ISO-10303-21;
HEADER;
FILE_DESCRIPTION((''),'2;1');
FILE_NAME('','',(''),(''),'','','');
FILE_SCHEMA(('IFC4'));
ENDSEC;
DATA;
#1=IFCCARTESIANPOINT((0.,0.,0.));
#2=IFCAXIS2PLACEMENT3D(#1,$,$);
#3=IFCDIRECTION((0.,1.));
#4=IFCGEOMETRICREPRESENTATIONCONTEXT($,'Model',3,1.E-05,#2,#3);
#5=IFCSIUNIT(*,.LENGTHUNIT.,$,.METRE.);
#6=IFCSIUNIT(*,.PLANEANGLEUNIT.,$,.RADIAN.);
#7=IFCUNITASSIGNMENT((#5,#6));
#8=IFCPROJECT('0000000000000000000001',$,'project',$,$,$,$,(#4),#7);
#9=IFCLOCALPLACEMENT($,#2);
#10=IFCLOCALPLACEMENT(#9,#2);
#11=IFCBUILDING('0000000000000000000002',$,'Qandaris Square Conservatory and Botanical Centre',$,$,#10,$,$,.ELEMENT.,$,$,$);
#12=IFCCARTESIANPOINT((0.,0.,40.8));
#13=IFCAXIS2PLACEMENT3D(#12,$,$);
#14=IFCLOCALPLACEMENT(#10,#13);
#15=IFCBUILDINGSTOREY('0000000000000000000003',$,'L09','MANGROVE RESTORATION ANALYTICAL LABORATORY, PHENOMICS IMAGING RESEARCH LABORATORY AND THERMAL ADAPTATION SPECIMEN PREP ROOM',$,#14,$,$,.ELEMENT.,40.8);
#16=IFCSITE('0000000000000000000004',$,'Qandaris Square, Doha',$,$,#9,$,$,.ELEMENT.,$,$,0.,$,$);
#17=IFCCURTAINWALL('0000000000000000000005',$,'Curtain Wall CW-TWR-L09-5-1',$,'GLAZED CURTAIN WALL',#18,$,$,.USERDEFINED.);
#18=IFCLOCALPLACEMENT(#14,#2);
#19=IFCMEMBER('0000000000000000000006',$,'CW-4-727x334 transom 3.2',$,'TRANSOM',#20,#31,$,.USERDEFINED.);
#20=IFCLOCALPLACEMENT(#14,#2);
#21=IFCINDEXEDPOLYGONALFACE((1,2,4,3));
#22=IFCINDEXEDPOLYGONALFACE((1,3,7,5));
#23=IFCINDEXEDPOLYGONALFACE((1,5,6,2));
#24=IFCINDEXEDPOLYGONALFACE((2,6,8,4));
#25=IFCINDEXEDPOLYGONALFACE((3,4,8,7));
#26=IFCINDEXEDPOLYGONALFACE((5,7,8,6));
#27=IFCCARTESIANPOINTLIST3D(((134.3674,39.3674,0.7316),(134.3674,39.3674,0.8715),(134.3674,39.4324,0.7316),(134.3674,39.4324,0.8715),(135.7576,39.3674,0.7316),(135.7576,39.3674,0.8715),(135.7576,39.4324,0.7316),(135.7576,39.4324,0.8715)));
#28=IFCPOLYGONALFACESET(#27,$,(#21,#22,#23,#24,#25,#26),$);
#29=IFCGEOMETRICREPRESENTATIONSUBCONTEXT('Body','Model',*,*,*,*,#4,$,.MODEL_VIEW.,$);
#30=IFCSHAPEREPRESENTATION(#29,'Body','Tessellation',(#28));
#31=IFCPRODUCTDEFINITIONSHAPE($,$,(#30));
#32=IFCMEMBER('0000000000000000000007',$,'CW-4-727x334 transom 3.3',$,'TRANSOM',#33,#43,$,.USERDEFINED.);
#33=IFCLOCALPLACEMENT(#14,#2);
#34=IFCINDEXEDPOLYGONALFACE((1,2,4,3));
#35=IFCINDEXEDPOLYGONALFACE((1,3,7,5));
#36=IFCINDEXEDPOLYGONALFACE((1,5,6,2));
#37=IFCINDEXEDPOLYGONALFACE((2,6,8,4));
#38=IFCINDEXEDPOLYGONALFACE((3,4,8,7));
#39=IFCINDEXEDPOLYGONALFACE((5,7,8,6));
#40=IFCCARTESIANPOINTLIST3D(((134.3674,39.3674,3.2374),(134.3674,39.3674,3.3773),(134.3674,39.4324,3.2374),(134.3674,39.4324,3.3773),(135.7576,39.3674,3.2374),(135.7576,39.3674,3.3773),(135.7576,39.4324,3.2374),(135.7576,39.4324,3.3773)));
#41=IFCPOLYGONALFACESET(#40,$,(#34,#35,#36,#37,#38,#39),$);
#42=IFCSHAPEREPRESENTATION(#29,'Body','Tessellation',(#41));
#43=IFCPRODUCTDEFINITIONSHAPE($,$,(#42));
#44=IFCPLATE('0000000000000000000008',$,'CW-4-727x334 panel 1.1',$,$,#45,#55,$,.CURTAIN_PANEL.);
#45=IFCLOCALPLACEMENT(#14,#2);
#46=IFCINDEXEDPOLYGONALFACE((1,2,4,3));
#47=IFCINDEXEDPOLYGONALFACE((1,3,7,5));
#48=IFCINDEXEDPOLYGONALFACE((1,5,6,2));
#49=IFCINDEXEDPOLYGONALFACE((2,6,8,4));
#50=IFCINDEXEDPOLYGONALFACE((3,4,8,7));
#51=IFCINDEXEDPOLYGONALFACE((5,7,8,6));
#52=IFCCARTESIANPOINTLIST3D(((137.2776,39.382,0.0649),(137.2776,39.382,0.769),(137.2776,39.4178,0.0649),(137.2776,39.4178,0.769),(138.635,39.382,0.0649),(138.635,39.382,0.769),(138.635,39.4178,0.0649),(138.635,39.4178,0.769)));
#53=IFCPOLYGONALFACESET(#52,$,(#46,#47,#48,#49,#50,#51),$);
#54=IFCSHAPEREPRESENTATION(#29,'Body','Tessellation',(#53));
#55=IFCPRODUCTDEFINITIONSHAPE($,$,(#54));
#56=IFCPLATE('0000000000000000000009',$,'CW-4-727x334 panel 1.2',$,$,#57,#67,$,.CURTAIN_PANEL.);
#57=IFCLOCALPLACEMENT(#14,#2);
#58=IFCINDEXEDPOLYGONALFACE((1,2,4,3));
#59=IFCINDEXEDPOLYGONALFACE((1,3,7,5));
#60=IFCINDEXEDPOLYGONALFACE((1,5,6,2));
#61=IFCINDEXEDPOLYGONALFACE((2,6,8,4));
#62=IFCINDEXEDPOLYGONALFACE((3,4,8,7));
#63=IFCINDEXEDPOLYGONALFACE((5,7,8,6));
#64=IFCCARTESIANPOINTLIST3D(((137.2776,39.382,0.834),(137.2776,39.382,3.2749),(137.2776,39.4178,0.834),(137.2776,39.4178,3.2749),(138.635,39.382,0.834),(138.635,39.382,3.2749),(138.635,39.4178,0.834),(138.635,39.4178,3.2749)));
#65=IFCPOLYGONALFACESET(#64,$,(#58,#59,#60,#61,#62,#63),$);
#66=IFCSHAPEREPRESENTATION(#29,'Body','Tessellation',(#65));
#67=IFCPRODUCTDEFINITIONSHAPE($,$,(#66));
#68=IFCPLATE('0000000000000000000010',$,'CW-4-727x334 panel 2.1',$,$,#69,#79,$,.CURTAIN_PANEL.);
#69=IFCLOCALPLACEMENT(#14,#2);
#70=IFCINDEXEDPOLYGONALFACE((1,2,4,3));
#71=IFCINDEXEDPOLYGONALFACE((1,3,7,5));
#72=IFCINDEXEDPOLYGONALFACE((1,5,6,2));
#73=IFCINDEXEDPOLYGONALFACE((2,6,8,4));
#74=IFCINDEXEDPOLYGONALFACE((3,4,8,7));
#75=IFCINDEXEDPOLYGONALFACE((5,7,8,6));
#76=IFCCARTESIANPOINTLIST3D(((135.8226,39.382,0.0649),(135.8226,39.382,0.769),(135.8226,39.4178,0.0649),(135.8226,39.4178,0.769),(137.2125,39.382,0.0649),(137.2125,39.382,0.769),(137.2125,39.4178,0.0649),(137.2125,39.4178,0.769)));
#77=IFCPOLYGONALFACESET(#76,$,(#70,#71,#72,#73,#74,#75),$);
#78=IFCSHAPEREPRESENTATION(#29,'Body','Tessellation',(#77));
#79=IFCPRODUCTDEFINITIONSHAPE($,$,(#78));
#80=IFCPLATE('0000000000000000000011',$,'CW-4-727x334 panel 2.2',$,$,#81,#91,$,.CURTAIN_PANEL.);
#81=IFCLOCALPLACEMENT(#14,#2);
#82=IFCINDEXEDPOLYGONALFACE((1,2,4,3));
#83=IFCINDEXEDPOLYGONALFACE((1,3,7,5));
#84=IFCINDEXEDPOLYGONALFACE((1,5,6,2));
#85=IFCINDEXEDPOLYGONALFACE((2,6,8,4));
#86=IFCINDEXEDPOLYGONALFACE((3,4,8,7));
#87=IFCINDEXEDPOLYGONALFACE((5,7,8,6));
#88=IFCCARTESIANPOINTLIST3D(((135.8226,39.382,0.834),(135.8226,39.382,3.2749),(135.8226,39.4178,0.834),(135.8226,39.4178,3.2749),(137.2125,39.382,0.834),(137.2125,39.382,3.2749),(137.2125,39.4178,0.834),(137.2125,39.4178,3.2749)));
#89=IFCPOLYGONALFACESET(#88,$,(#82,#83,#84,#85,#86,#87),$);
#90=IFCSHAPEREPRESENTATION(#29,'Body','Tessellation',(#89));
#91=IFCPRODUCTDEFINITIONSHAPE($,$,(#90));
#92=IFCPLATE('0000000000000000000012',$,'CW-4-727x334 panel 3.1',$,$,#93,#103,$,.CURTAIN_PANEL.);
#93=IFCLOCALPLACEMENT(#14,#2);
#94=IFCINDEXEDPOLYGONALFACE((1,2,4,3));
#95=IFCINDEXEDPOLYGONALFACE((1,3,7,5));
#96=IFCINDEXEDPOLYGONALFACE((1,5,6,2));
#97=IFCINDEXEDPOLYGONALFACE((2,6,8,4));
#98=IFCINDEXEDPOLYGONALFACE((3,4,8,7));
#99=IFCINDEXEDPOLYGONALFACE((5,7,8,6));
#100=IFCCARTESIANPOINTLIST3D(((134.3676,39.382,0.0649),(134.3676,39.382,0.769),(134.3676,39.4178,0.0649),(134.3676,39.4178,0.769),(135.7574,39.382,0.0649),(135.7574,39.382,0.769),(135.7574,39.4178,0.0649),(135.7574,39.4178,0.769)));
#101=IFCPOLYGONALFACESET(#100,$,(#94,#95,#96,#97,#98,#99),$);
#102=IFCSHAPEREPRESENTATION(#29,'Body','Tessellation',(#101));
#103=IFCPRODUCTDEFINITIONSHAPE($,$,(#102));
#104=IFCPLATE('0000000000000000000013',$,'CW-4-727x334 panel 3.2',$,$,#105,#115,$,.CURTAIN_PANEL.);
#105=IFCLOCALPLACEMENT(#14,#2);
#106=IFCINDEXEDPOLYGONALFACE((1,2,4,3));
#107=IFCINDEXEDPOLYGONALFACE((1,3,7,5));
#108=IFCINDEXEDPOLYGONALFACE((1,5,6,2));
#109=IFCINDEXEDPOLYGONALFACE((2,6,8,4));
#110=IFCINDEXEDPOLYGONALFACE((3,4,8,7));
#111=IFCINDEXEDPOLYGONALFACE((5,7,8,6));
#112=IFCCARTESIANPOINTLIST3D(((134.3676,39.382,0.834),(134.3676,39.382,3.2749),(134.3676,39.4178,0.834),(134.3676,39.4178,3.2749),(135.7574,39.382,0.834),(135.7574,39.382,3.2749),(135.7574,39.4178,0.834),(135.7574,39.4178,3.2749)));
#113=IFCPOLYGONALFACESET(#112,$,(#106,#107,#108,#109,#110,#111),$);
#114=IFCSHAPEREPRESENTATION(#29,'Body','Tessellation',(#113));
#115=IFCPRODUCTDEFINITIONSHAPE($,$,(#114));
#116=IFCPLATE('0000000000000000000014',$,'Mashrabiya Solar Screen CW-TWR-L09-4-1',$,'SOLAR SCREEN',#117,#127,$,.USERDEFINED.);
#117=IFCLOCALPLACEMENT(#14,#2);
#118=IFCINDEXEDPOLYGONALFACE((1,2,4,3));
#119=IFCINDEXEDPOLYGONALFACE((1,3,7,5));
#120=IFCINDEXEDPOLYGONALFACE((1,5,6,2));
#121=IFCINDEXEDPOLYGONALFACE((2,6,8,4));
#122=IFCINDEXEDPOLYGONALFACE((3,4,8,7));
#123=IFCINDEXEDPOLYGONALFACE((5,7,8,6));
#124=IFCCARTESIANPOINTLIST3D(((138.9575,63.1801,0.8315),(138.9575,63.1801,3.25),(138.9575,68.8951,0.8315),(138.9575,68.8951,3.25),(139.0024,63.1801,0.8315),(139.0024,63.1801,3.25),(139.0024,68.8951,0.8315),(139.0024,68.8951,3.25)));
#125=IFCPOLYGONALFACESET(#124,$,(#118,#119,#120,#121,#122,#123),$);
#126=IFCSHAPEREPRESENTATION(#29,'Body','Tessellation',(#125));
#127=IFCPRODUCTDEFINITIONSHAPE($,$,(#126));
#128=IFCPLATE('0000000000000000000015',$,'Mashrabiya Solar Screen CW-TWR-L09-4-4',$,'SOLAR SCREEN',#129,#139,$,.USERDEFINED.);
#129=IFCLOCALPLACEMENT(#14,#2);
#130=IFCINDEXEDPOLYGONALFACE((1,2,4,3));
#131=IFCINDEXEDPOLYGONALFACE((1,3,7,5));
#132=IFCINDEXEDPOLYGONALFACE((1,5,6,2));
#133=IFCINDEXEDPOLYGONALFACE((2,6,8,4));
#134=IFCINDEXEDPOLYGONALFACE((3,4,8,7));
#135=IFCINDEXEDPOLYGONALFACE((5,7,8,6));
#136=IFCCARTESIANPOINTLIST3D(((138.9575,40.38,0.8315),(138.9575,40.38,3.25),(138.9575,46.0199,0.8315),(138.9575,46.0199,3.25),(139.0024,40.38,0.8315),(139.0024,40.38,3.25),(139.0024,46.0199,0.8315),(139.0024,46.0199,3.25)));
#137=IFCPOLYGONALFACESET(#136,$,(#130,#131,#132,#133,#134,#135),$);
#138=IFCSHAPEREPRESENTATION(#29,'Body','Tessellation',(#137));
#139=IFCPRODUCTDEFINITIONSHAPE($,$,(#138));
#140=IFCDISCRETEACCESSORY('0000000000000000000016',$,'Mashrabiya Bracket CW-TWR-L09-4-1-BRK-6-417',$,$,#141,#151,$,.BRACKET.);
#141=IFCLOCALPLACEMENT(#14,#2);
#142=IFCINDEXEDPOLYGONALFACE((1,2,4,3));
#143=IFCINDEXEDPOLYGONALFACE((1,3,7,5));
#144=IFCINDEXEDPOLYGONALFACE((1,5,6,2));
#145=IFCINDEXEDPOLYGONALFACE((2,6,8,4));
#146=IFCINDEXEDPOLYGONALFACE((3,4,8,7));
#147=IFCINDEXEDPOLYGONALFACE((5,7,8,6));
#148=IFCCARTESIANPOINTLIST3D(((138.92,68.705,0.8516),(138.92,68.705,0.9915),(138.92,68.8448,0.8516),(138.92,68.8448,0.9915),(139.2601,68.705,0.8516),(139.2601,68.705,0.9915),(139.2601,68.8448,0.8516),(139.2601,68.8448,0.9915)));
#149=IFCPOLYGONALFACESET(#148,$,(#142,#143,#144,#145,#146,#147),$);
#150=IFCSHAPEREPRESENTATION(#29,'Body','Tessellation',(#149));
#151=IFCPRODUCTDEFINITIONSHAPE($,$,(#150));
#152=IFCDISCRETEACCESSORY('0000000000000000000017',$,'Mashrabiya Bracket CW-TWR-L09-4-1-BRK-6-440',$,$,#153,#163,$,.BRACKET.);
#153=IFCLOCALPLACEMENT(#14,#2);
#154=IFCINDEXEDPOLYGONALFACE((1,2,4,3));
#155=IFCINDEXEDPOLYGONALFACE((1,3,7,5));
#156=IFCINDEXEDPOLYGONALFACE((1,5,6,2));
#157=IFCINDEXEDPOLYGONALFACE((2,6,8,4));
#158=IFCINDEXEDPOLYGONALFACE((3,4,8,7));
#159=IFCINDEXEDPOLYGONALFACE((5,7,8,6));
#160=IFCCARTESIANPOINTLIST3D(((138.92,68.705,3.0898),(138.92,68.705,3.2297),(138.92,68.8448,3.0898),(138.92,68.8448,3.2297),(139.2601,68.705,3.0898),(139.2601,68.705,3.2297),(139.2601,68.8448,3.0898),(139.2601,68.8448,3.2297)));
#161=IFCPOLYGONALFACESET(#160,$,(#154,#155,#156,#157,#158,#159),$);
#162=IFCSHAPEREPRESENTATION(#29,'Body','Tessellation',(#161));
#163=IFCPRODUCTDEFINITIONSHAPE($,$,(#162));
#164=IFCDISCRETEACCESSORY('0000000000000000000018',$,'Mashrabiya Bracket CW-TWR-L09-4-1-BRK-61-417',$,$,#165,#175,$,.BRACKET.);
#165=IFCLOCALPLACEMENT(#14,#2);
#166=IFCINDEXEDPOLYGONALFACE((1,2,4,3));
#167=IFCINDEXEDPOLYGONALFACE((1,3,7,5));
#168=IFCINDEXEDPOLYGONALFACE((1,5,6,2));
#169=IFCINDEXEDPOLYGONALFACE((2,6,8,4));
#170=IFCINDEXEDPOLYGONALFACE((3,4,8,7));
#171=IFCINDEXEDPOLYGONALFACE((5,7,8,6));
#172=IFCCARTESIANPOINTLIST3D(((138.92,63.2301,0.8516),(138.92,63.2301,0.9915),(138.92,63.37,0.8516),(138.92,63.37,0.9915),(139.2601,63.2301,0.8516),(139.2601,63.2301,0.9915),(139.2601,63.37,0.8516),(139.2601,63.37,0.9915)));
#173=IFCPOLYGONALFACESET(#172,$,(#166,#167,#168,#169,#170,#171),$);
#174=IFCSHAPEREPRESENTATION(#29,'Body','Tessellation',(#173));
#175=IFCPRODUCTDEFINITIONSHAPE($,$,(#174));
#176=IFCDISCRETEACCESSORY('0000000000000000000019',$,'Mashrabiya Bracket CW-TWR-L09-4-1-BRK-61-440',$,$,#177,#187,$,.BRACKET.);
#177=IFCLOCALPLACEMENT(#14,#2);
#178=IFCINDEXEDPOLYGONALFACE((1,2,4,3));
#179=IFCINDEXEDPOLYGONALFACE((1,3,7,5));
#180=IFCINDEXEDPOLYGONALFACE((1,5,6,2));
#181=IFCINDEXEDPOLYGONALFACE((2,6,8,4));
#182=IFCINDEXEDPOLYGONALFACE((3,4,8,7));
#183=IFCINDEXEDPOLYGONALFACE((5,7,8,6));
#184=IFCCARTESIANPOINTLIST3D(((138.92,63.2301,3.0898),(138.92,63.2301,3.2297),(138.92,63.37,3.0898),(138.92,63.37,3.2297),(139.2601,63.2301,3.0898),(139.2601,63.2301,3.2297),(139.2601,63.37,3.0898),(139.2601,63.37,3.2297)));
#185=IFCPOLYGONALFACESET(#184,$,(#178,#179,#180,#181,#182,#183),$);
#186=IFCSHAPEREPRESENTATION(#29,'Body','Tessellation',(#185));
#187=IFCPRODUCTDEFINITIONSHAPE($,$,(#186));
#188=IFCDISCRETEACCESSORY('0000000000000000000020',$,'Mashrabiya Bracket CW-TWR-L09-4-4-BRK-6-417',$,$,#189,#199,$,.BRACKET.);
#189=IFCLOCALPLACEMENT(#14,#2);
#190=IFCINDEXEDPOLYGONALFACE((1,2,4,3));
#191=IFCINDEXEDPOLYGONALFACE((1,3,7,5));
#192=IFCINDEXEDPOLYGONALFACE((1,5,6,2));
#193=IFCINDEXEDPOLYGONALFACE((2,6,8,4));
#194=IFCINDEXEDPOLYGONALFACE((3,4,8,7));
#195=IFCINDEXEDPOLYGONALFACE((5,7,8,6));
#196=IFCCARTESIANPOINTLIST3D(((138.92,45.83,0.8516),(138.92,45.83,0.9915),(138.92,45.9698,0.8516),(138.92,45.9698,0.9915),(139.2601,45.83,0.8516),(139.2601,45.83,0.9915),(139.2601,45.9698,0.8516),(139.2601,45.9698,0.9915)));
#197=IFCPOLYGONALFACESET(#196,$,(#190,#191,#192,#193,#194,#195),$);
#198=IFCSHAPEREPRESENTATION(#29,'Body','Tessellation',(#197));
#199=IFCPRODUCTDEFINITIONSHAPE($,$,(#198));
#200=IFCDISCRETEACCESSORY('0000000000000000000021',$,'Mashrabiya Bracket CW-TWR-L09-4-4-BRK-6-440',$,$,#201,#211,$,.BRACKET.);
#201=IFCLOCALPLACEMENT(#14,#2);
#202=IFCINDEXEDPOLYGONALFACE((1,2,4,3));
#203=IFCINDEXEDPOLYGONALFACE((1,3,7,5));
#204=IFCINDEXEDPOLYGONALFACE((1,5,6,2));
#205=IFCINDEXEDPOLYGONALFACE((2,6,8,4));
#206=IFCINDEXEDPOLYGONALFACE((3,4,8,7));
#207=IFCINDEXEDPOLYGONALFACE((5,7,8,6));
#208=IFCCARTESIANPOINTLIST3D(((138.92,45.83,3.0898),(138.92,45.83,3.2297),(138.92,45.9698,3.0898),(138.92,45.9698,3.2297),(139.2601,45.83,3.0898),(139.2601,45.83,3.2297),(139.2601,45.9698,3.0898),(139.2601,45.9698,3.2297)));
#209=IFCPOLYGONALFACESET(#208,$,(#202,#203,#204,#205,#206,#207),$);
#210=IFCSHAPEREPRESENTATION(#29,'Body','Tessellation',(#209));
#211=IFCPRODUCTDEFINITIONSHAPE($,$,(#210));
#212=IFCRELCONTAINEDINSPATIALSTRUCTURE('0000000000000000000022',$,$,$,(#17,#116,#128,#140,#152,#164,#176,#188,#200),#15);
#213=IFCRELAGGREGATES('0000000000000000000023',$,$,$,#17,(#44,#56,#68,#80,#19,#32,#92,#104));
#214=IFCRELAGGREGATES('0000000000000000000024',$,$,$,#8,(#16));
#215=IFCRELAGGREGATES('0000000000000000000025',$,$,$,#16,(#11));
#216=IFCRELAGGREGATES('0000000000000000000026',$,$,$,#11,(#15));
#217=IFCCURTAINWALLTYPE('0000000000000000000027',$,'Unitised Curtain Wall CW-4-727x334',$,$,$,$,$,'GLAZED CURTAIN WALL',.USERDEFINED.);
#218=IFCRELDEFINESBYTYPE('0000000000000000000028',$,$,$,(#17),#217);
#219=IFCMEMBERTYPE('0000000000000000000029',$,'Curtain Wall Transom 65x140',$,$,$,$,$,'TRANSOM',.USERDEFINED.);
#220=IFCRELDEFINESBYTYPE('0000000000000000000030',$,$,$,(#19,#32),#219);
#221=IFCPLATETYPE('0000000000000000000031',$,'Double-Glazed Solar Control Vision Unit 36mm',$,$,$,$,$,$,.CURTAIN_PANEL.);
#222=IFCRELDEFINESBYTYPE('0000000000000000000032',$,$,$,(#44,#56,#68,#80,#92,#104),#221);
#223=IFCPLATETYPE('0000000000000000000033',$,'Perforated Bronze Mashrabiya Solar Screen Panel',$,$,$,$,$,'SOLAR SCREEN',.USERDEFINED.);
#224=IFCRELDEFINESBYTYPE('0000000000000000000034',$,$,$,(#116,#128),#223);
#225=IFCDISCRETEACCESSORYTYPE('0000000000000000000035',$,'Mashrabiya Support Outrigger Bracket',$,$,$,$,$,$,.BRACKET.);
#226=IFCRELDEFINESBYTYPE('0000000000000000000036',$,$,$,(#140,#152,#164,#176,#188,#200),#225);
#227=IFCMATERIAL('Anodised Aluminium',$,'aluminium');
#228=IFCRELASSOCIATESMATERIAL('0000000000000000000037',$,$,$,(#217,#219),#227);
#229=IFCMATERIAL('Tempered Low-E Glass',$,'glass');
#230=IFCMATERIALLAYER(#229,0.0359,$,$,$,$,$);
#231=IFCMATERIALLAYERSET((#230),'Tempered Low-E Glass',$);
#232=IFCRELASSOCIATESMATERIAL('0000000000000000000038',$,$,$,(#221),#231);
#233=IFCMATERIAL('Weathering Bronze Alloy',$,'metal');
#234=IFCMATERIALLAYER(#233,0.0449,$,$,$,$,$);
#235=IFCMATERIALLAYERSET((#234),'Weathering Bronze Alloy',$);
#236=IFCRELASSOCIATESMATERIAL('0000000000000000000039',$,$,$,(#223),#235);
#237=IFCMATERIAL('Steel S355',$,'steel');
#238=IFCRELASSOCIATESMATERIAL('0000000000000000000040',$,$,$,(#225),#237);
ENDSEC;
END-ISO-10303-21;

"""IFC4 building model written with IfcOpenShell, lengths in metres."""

from ifc_helpers import new_model, si_unit, direction, frame, origin, origin_2d, place, context, subcontext, project, spatial, rectangle, extrude, material, layer, layer_set, material_profile, profile_set, type_object, element, aggregate, save


model = new_model("IFC4")

# Units and contexts
model_context = context("Model", 3, precision=1e-05, world=origin(), true_north=direction((0.0, 1.0)))
body_context = subcontext(model_context, "Body", "Model", "MODEL_VIEW")
ifc_project = project(units=[si_unit("LENGTHUNIT", "METRE"), si_unit("PLANEANGLEUNIT", "RADIAN")], contexts=[model_context])

# Site, building, storey
site_placement = place(None, origin())
site = spatial("IfcSite", under=ifc_project, at=site_placement, Name="Qandaris Square, Doha", CompositionType="ELEMENT", RefElevation=0.0)
building_placement = place(site_placement, origin())
building = spatial("IfcBuilding", under=site, at=building_placement, Name="Qandaris Square Conservatory and Botanical Centre", CompositionType="ELEMENT")
storey_placement = place(building_placement, frame((0.0, 0.0, 40.8)))
storey = spatial("IfcBuildingStorey", under=building, at=storey_placement, Name="L09", Description="MANGROVE RESTORATION ANALYTICAL LABORATORY, PHENOMICS IMAGING RESEARCH LABORATORY AND THERMAL ADAPTATION SPECIMEN PREP ROOM", CompositionType="ELEMENT", Elevation=40.8)

# Curtain wall, members, plates
ifc_material_1 = material(Name="Anodised Aluminium", Category="aluminium")
curtain_wall_type = type_object("IfcCurtainWallType", Name="Unitised Curtain Wall CW-4-727x334", ElementType="GLAZED CURTAIN WALL", PredefinedType="USERDEFINED", material=ifc_material_1)
curtain_wall_placement = place(storey_placement, origin())
curtain_wall = element("IfcCurtainWall", 1, at=curtain_wall_placement, inside=storey, type_object=curtain_wall_type, Name="Curtain Wall CW-TWR-L09-5-1", ObjectType="GLAZED CURTAIN WALL", PredefinedType="USERDEFINED")
ifc_material_profile_1 = material_profile(ifc_material_1, rectangle(XDim=0.0649, YDim=0.1399, at=origin_2d()), Name="ALU-TRN 65x140")
ifc_profile_set_1 = profile_set([ifc_material_profile_1], Name="Anodised Aluminium")
member_type_1 = type_object("IfcMemberType", Name="Curtain Wall Transom 65x140", ElementType="TRANSOM", PredefinedType="USERDEFINED", material=ifc_profile_set_1)
member_1_placement = place(storey_placement, frame((135.7576, 39.3999, 0.8015), z_axis=(-1.0, 0.0, 0.0), x_axis=(0.0, -1.0, 0.0)))
member_1 = element("IfcMember", 2, at=member_1_placement, type_object=member_type_1, Name="CW-4-727x334 transom 3.2", ObjectType="TRANSOM", PredefinedType="USERDEFINED", context=body_context, shape_type="SweptSolid", body=[
    extrude(rectangle(XDim=0.0649, YDim=0.1399, at=origin_2d()), origin(), (0.0, 0.0, 1.0), 1.3901),
])
member_2_placement = place(storey_placement, frame((135.7576, 39.3999, 3.3074), z_axis=(-1.0, 0.0, 0.0), x_axis=(0.0, -1.0, 0.0)))
member_2 = element("IfcMember", 3, at=member_2_placement, type_object=member_type_1, Name="CW-4-727x334 transom 3.3", ObjectType="TRANSOM", PredefinedType="USERDEFINED", context=body_context, shape_type="SweptSolid", body=[
    extrude(rectangle(XDim=0.0649, YDim=0.1399, at=origin_2d()), origin(), (0.0, 0.0, 1.0), 1.3901),
])
ifc_material_2 = material(Name="Tempered Low-E Glass", Category="glass")
ifc_layer_1 = layer(ifc_material_2, 0.0359)
ifc_layer_set_1 = layer_set([ifc_layer_1], Name="Tempered Low-E Glass")
plate_type_1 = type_object("IfcPlateType", Name="Double-Glazed Solar Control Vision Unit 36mm", PredefinedType="CURTAIN_PANEL", material=ifc_layer_set_1)
plate_1_placement = place(storey_placement, frame((137.9563, 39.3999, 0.0649), z_axis=(0.0, 0.0, 1.0), x_axis=(-1.0, 0.0, 0.0)))
plate_1 = element("IfcPlate", 4, at=plate_1_placement, type_object=plate_type_1, Name="CW-4-727x334 panel 1.1", PredefinedType="CURTAIN_PANEL", context=body_context, shape_type="SweptSolid", body=[
    extrude(rectangle(XDim=1.3574, YDim=0.0359, at=origin_2d()), origin(), (0.0, 0.0, 1.0), 0.7041),
])
plate_2_placement = place(storey_placement, frame((137.9563, 39.3999, 0.834), z_axis=(0.0, 0.0, 1.0), x_axis=(-1.0, 0.0, 0.0)))
plate_2 = element("IfcPlate", 5, at=plate_2_placement, type_object=plate_type_1, Name="CW-4-727x334 panel 1.2", PredefinedType="CURTAIN_PANEL", context=body_context, shape_type="SweptSolid", body=[
    extrude(rectangle(XDim=1.3574, YDim=0.0359, at=origin_2d()), origin(), (0.0, 0.0, 1.0), 2.4409),
])
plate_3_placement = place(storey_placement, frame((136.5176, 39.3999, 0.0649), z_axis=(0.0, 0.0, 1.0), x_axis=(-1.0, 0.0, 0.0)))
plate_3 = element("IfcPlate", 6, at=plate_3_placement, type_object=plate_type_1, Name="CW-4-727x334 panel 2.1", PredefinedType="CURTAIN_PANEL", context=body_context, shape_type="SweptSolid", body=[
    extrude(rectangle(XDim=1.3899, YDim=0.0359, at=origin_2d()), origin(), (0.0, 0.0, 1.0), 0.7041),
])
plate_4_placement = place(storey_placement, frame((136.5176, 39.3999, 0.834), z_axis=(0.0, 0.0, 1.0), x_axis=(-1.0, 0.0, 0.0)))
plate_4 = element("IfcPlate", 7, at=plate_4_placement, type_object=plate_type_1, Name="CW-4-727x334 panel 2.2", PredefinedType="CURTAIN_PANEL", context=body_context, shape_type="SweptSolid", body=[
    extrude(rectangle(XDim=1.3899, YDim=0.0359, at=origin_2d()), origin(), (0.0, 0.0, 1.0), 2.4409),
])
plate_5_placement = place(storey_placement, frame((135.0625, 39.3999, 0.0649), z_axis=(0.0, 0.0, 1.0), x_axis=(-1.0, 0.0, 0.0)))
plate_5 = element("IfcPlate", 8, at=plate_5_placement, type_object=plate_type_1, Name="CW-4-727x334 panel 3.1", PredefinedType="CURTAIN_PANEL", context=body_context, shape_type="SweptSolid", body=[
    extrude(rectangle(XDim=1.3899, YDim=0.0359, at=origin_2d()), origin(), (0.0, 0.0, 1.0), 0.7041),
])
plate_6_placement = place(storey_placement, frame((135.0625, 39.3999, 0.834), z_axis=(0.0, 0.0, 1.0), x_axis=(-1.0, 0.0, 0.0)))
plate_6 = element("IfcPlate", 9, at=plate_6_placement, type_object=plate_type_1, Name="CW-4-727x334 panel 3.2", PredefinedType="CURTAIN_PANEL", context=body_context, shape_type="SweptSolid", body=[
    extrude(rectangle(XDim=1.3899, YDim=0.0359, at=origin_2d()), origin(), (0.0, 0.0, 1.0), 2.4409),
])
aggregate(curtain_wall, [plate_1, plate_2, plate_3, plate_4, member_1, member_2, plate_5, plate_6])

# Plates
ifc_material_3 = material(Name="Weathering Bronze Alloy", Category="metal")
ifc_layer_2 = layer(ifc_material_3, 0.0449)
ifc_layer_set_2 = layer_set([ifc_layer_2], Name="Weathering Bronze Alloy")
plate_type_2 = type_object("IfcPlateType", Name="Perforated Bronze Mashrabiya Solar Screen Panel", ElementType="SOLAR SCREEN", PredefinedType="USERDEFINED", material=ifc_layer_set_2)
plate_7_placement = place(storey_placement, frame((138.98, 66.0376, 0.8315), z_axis=(0.0, 0.0, 1.0), x_axis=(0.0, -1.0, 0.0)))
element("IfcPlate", 10, at=plate_7_placement, inside=storey, type_object=plate_type_2, Name="Mashrabiya Solar Screen CW-TWR-L09-4-1", ObjectType="SOLAR SCREEN", PredefinedType="USERDEFINED", context=body_context, shape_type="SweptSolid", body=[
    extrude(rectangle(XDim=5.7151, YDim=0.0449, at=origin_2d()), origin(), (0.0, 0.0, 1.0), 2.4185),
])
plate_8_placement = place(storey_placement, frame((138.98, 43.2, 0.8315), z_axis=(0.0, 0.0, 1.0), x_axis=(0.0, -1.0, 0.0)))
element("IfcPlate", 11, at=plate_8_placement, inside=storey, type_object=plate_type_2, Name="Mashrabiya Solar Screen CW-TWR-L09-4-4", ObjectType="SOLAR SCREEN", PredefinedType="USERDEFINED", context=body_context, shape_type="SweptSolid", body=[
    extrude(rectangle(XDim=5.6399, YDim=0.0449, at=origin_2d()), origin(), (0.0, 0.0, 1.0), 2.4185),
])

# Discrete accessories
ifc_material_4 = material(Name="Steel S355", Category="steel")
discrete_accessory_type = type_object("IfcDiscreteAccessoryType", Name="Mashrabiya Support Outrigger Bracket", PredefinedType="BRACKET", material=ifc_material_4)
for number, where, z_axis, x_axis, name in (
    (12, (139.0901, 68.7749, 0.8516), (0.0, 0.0, 1.0), (0.0, -1.0, 0.0), "Mashrabiya Bracket CW-TWR-L09-4-1-BRK-6-417"),
    (13, (139.0901, 68.7749, 3.0898), (0.0, 0.0, 1.0), (0.0, -1.0, 0.0), "Mashrabiya Bracket CW-TWR-L09-4-1-BRK-6-440"),
    (14, (139.0901, 63.3, 0.8516), (0.0, 0.0, 1.0), (0.0, -1.0, 0.0), "Mashrabiya Bracket CW-TWR-L09-4-1-BRK-61-417"),
    (15, (139.0901, 63.3, 3.0898), (0.0, 0.0, 1.0), (0.0, -1.0, 0.0), "Mashrabiya Bracket CW-TWR-L09-4-1-BRK-61-440"),
    (16, (139.0901, 45.8999, 0.8516), (0.0, 0.0, 1.0), (0.0, -1.0, 0.0), "Mashrabiya Bracket CW-TWR-L09-4-4-BRK-6-417"),
    (17, (139.0901, 45.8999, 3.0898), (0.0, 0.0, 1.0), (0.0, -1.0, 0.0), "Mashrabiya Bracket CW-TWR-L09-4-4-BRK-6-440"),
):
    element("IfcDiscreteAccessory", number, at=place(storey_placement, frame(where, z_axis=z_axis, x_axis=x_axis)), inside=storey, type_object=discrete_accessory_type, Name=name, PredefinedType="BRACKET", context=body_context, shape_type="SweptSolid", body=[
        extrude(rectangle(XDim=0.1399, YDim=0.3401, at=origin_2d()), origin(), (0.0, 0.0, 1.0), 0.1399),
    ])

save(model, "model.ifc")
